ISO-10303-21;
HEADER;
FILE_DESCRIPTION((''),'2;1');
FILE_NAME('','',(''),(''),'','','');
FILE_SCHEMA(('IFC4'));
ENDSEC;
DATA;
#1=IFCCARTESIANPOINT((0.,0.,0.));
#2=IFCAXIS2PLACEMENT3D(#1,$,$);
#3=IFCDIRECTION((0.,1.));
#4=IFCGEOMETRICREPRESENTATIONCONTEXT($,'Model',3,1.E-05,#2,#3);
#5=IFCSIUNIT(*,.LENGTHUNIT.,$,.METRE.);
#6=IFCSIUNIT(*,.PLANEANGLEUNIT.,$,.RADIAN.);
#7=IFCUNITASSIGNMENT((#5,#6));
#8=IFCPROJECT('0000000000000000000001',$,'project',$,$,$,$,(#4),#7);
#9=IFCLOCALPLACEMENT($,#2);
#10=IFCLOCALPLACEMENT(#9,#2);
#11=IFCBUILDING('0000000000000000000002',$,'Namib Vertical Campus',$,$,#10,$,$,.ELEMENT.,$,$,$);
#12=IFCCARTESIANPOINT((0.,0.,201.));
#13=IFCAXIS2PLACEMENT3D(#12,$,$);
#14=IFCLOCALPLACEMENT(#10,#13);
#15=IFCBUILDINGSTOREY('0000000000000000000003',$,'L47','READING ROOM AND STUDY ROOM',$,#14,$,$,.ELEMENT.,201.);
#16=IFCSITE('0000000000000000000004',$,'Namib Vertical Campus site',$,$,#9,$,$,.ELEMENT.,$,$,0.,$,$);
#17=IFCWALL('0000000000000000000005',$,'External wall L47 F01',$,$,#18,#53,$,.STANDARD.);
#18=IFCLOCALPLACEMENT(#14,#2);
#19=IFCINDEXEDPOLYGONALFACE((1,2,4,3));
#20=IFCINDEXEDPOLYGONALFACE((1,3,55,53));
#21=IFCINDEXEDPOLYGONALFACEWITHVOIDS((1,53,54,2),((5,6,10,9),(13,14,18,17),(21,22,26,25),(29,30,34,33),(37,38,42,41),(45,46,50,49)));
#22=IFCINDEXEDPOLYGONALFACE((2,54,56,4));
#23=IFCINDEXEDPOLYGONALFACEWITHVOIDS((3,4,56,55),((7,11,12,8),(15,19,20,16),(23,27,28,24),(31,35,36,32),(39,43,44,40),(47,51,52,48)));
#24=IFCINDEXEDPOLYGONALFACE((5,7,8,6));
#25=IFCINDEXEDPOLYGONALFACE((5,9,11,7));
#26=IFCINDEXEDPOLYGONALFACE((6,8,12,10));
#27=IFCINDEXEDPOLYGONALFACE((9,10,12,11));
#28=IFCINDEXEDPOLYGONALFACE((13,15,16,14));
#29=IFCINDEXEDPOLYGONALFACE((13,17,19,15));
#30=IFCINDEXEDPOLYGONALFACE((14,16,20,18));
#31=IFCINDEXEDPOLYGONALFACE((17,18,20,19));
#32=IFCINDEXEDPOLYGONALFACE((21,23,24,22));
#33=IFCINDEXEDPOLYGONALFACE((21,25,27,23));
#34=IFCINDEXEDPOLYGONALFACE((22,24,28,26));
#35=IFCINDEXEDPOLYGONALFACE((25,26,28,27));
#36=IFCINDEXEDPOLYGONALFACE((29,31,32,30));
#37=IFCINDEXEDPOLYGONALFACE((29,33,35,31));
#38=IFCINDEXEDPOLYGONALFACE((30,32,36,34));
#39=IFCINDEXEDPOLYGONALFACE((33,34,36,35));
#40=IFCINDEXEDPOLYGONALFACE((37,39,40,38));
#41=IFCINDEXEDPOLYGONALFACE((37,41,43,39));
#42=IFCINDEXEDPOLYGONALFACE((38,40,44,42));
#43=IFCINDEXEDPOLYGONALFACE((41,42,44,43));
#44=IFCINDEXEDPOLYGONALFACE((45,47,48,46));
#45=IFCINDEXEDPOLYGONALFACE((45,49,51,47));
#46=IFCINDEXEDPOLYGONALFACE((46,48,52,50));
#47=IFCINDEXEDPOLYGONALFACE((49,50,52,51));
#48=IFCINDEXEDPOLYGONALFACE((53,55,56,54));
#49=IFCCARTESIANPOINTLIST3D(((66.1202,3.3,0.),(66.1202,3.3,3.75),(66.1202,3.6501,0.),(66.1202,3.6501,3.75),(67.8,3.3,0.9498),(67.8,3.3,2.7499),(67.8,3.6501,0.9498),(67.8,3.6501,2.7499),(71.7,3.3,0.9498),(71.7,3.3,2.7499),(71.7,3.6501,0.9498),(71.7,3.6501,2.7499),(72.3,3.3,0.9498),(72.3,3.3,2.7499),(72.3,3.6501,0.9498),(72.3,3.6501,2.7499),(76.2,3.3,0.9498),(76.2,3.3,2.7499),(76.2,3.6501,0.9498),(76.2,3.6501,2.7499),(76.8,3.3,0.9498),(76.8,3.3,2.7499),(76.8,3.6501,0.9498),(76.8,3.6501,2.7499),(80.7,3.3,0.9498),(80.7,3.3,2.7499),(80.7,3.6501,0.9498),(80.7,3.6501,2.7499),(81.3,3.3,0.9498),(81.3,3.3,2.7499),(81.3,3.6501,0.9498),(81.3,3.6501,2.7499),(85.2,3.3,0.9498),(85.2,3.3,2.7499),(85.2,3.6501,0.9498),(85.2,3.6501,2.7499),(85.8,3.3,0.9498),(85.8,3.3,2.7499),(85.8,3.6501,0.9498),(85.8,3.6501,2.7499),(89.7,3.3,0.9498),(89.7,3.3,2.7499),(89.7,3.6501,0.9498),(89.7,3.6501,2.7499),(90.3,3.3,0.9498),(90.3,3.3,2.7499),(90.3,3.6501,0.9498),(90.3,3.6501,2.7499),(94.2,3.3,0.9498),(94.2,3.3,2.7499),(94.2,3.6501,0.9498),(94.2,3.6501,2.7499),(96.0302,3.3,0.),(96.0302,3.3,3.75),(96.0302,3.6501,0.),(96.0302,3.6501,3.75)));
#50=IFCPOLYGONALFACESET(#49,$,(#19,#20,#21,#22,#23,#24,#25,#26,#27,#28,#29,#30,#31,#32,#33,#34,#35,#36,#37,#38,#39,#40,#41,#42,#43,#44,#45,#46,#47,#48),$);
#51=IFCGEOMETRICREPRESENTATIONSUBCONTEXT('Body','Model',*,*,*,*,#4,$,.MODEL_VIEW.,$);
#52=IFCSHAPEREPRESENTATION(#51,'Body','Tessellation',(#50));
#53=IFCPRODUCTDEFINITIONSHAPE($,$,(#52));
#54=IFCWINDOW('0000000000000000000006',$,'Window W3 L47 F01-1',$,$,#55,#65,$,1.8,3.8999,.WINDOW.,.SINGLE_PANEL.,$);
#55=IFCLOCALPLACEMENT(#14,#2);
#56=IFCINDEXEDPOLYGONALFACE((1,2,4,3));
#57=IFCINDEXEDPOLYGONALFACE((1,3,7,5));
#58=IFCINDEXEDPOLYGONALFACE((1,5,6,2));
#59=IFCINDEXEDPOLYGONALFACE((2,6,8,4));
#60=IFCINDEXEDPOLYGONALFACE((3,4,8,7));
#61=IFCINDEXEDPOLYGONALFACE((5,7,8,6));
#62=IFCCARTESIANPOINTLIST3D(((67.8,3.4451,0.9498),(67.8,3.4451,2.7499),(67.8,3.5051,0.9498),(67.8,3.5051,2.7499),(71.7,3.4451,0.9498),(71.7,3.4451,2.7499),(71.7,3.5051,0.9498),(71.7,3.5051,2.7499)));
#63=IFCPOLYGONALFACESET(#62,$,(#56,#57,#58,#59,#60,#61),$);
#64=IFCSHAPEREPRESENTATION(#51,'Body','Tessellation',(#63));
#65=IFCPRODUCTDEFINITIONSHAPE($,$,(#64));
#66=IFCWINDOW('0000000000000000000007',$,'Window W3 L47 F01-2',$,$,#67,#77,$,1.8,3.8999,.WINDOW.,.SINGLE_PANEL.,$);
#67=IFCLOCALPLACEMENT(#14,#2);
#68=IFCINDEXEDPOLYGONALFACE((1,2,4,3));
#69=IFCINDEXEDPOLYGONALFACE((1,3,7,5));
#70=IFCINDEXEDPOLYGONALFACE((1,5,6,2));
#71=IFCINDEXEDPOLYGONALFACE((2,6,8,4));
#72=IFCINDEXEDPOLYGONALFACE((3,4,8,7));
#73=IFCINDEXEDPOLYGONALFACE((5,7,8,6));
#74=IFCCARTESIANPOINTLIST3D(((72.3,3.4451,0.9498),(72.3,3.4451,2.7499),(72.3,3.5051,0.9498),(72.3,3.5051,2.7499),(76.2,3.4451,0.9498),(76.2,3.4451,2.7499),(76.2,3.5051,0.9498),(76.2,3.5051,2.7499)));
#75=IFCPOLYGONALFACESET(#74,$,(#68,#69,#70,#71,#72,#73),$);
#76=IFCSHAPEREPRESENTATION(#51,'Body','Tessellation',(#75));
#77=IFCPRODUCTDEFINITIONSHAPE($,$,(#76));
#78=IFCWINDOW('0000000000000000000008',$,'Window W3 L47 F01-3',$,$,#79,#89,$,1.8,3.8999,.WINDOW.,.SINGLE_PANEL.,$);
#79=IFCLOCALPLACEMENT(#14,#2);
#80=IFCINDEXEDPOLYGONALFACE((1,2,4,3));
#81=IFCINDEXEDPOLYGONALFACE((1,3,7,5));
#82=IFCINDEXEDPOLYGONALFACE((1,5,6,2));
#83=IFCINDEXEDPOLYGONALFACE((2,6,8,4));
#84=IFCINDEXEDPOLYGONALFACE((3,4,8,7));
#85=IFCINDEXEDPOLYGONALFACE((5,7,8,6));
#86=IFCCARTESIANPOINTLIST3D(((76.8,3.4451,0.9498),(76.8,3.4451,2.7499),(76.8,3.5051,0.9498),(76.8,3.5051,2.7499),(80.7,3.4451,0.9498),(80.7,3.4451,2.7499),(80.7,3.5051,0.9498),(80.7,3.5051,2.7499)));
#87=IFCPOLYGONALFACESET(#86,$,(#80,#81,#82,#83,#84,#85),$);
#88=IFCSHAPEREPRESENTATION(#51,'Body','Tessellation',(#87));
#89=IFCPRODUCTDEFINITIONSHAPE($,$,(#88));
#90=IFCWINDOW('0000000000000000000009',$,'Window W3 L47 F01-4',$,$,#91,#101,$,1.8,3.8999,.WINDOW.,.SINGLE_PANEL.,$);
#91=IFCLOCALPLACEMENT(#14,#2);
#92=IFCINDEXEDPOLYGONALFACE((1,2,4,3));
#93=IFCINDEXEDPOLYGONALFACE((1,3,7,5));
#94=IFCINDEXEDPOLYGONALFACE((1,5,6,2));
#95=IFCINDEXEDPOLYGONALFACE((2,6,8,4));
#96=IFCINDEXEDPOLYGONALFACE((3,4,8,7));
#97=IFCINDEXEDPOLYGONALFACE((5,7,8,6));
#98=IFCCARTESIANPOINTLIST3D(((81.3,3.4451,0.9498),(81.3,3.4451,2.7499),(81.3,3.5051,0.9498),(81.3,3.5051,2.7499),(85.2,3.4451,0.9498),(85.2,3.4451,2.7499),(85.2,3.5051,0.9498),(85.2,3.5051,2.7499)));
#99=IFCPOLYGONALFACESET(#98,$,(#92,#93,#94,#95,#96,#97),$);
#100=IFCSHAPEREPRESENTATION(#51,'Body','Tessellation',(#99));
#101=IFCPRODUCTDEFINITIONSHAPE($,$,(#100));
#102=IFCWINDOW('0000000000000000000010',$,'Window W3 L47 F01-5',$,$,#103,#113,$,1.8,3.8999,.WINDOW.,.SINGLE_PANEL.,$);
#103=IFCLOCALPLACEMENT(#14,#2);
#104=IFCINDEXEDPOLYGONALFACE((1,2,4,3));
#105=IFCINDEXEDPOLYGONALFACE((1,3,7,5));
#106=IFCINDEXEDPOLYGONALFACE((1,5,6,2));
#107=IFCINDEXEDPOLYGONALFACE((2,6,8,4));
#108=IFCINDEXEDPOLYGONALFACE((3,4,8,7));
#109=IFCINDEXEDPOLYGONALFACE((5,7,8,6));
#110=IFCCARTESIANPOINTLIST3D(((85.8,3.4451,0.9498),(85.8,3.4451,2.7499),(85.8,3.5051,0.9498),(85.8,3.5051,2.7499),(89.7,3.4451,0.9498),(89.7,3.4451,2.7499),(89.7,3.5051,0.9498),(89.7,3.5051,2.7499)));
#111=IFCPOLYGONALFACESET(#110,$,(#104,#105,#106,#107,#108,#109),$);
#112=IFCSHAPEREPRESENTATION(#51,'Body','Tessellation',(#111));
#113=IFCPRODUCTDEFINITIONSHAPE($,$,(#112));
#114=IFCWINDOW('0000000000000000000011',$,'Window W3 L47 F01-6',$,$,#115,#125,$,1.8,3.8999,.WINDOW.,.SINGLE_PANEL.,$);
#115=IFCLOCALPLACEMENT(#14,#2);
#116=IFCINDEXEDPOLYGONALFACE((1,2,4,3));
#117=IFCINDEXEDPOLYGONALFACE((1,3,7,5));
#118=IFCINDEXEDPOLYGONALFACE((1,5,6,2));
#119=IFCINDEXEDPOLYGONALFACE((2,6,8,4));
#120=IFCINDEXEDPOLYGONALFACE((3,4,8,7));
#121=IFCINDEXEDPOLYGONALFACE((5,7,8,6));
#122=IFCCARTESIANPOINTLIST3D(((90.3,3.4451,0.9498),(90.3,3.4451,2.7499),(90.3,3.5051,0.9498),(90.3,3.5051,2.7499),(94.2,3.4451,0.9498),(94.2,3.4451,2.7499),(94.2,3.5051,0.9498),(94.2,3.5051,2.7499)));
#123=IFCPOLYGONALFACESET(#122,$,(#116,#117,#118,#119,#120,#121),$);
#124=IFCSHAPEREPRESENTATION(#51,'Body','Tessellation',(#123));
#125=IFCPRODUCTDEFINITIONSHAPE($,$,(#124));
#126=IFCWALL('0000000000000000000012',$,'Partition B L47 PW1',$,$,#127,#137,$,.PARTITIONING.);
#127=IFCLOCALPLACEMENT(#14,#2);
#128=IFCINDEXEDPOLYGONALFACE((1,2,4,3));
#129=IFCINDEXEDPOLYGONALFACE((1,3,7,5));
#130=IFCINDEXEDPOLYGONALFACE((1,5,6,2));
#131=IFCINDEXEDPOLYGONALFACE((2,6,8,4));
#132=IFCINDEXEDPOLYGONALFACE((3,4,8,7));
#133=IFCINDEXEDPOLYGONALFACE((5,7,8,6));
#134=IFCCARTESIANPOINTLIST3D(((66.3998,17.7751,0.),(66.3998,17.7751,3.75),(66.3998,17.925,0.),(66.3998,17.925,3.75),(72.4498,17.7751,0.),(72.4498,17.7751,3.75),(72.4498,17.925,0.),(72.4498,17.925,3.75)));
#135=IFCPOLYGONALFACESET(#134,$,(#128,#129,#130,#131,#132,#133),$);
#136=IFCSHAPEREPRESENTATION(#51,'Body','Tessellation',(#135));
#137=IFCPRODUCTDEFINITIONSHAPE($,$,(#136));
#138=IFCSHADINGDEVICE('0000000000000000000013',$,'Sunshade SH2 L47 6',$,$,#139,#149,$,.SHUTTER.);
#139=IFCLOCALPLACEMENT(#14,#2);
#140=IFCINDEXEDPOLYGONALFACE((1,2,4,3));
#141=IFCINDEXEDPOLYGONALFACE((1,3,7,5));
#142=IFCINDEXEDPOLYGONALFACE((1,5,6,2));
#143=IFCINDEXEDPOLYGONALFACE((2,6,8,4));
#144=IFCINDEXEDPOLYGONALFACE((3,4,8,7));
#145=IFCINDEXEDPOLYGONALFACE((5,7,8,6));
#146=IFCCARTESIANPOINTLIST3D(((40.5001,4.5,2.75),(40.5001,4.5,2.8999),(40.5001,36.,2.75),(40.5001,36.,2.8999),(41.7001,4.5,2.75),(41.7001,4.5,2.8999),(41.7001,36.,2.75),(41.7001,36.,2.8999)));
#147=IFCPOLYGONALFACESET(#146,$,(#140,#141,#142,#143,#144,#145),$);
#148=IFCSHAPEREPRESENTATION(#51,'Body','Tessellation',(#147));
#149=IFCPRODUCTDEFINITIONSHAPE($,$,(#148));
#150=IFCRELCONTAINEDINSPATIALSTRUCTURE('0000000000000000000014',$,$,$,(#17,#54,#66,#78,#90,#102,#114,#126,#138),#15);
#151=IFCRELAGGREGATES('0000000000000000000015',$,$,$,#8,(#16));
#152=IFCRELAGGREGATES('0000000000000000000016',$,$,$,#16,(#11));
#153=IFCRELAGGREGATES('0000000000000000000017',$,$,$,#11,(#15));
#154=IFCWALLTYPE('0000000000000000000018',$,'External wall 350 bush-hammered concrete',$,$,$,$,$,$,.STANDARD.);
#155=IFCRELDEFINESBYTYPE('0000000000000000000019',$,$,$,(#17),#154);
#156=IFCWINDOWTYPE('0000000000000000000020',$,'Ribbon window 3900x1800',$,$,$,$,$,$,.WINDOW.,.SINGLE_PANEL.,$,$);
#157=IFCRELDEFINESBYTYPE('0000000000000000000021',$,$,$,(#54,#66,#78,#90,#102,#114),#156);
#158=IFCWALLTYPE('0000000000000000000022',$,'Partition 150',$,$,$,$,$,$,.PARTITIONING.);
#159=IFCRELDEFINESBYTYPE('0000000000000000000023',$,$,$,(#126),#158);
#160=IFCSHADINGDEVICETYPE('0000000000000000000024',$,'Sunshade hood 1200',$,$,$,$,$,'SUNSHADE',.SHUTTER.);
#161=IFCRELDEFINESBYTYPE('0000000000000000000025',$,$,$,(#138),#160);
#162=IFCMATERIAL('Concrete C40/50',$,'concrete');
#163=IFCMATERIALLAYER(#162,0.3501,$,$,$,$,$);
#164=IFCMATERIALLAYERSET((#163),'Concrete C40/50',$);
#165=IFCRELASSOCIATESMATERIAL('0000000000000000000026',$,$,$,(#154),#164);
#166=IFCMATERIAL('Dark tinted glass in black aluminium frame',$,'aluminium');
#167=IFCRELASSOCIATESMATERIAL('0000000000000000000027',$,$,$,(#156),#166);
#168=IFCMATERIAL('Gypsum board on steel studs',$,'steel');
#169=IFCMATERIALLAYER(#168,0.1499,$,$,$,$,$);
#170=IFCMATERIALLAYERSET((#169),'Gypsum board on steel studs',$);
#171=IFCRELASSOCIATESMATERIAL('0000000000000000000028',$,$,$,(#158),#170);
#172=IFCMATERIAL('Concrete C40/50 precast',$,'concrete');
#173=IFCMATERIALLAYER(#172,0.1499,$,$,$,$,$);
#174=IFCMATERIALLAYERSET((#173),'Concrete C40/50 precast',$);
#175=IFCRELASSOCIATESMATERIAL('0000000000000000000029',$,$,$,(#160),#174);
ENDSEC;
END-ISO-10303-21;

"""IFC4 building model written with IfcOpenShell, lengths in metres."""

from ifc_helpers import new_model, si_unit, direction, frame, frame_2d, origin, origin_2d, place, context, subcontext, project, spatial, rectangle, extrude, material, layer, layer_set, type_object, element, fill, save


model = new_model("IFC4")

# Units and contexts
model_context = context("Model", 3, precision=1e-05, world=origin(), true_north=direction((0.0, 1.0)))
body_context = subcontext(model_context, "Body", "Model", "MODEL_VIEW")
ifc_project = project(units=[si_unit("LENGTHUNIT", "METRE"), si_unit("PLANEANGLEUNIT", "RADIAN")], contexts=[model_context])

# Site, building, storey
site_placement = place(None, origin())
site = spatial("IfcSite", under=ifc_project, at=site_placement, Name="Namib Vertical Campus site", CompositionType="ELEMENT", RefElevation=0.0)
building_placement = place(site_placement, origin())
building = spatial("IfcBuilding", under=site, at=building_placement, Name="Namib Vertical Campus", CompositionType="ELEMENT")
storey_placement = place(building_placement, frame((0.0, 0.0, 201.0)))
storey = spatial("IfcBuildingStorey", under=building, at=storey_placement, Name="L47", Description="READING ROOM AND STUDY ROOM", CompositionType="ELEMENT", Elevation=201.0)

# Wall, openings, windows
ifc_material_1 = material(Name="Concrete C40/50", Category="concrete")
ifc_layer_1 = layer(ifc_material_1, 0.3501)
ifc_layer_set_1 = layer_set([ifc_layer_1], Name="Concrete C40/50")
wall_type_1 = type_object("IfcWallType", Name="External wall 350 bush-hammered concrete", PredefinedType="STANDARD", material=ifc_layer_set_1)
wall_1_placement = place(storey_placement, frame((66.1201, 3.4751, 0.0), z_axis=(0.0, 0.0, 1.0), x_axis=(1.0, 0.0, 0.0)))
wall_1 = element("IfcWall", 1, at=wall_1_placement, inside=storey, type_object=wall_type_1, Name="External wall L47 F01", PredefinedType="STANDARD", context=body_context, shape_type="SweptSolid", body=[
    extrude(rectangle(XDim=29.9099, YDim=0.3501, at=frame_2d((14.9551, 0.0))), origin(), (0.0, 0.0, 1.0), 3.75),
])
opening_1_placement = place(wall_1_placement, frame((1.6799, 0.0, 0.95)))
opening_1 = element("IfcOpeningElement", 2, at=opening_1_placement, cuts=wall_1, PredefinedType="OPENING", context=body_context, shape_type="SweptSolid", body=[
    extrude(rectangle(XDim=3.8999, YDim=1.8, at=frame_2d((1.95, 0.8999))), frame((0.0, 0.1851, 0.0), z_axis=(0.0, -1.0, 0.0), x_axis=(1.0, 0.0, 0.0)), (0.0, 0.0, 1.0), 0.3701),
])
opening_2_placement = place(wall_1_placement, frame((6.1799, 0.0, 0.95)))
opening_2 = element("IfcOpeningElement", 3, at=opening_2_placement, cuts=wall_1, PredefinedType="OPENING", context=body_context, shape_type="SweptSolid", body=[
    extrude(rectangle(XDim=3.8999, YDim=1.8, at=frame_2d((1.95, 0.8999))), frame((0.0, 0.1851, 0.0), z_axis=(0.0, -1.0, 0.0), x_axis=(1.0, 0.0, 0.0)), (0.0, 0.0, 1.0), 0.3701),
])
opening_3_placement = place(wall_1_placement, frame((10.6799, 0.0, 0.95)))
opening_3 = element("IfcOpeningElement", 4, at=opening_3_placement, cuts=wall_1, PredefinedType="OPENING", context=body_context, shape_type="SweptSolid", body=[
    extrude(rectangle(XDim=3.8999, YDim=1.8, at=frame_2d((1.95, 0.8999))), frame((0.0, 0.1851, 0.0), z_axis=(0.0, -1.0, 0.0), x_axis=(1.0, 0.0, 0.0)), (0.0, 0.0, 1.0), 0.3701),
])
opening_4_placement = place(wall_1_placement, frame((15.1799, 0.0, 0.95)))
opening_4 = element("IfcOpeningElement", 5, at=opening_4_placement, cuts=wall_1, PredefinedType="OPENING", context=body_context, shape_type="SweptSolid", body=[
    extrude(rectangle(XDim=3.8999, YDim=1.8, at=frame_2d((1.95, 0.8999))), frame((0.0, 0.1851, 0.0), z_axis=(0.0, -1.0, 0.0), x_axis=(1.0, 0.0, 0.0)), (0.0, 0.0, 1.0), 0.3701),
])
opening_5_placement = place(wall_1_placement, frame((19.6799, 0.0, 0.95)))
opening_5 = element("IfcOpeningElement", 6, at=opening_5_placement, cuts=wall_1, PredefinedType="OPENING", context=body_context, shape_type="SweptSolid", body=[
    extrude(rectangle(XDim=3.8999, YDim=1.8, at=frame_2d((1.95, 0.8999))), frame((0.0, 0.1851, 0.0), z_axis=(0.0, -1.0, 0.0), x_axis=(1.0, 0.0, 0.0)), (0.0, 0.0, 1.0), 0.3701),
])
opening_6_placement = place(wall_1_placement, frame((24.1799, 0.0, 0.95)))
opening_6 = element("IfcOpeningElement", 7, at=opening_6_placement, cuts=wall_1, PredefinedType="OPENING", context=body_context, shape_type="SweptSolid", body=[
    extrude(rectangle(XDim=3.8999, YDim=1.8, at=frame_2d((1.95, 0.8999))), frame((0.0, 0.1851, 0.0), z_axis=(0.0, -1.0, 0.0), x_axis=(1.0, 0.0, 0.0)), (0.0, 0.0, 1.0), 0.3701),
])
ifc_material_2 = material(Name="Dark tinted glass in black aluminium frame", Category="aluminium")
window_type = type_object("IfcWindowType", Name="Ribbon window 3900x1800", PartitioningType="SINGLE_PANEL", PredefinedType="WINDOW", material=ifc_material_2)
window_1_placement = place(opening_1_placement, origin())
window_1 = element("IfcWindow", 8, at=window_1_placement, inside=storey, type_object=window_type, Name="Window W3 L47 F01-1", OverallHeight=1.8, OverallWidth=3.8999, PartitioningType="SINGLE_PANEL", PredefinedType="WINDOW", context=body_context, shape_type="SweptSolid", body=[
    extrude(rectangle(XDim=3.8999, YDim=1.8, at=frame_2d((1.95, 0.8999))), frame((0.0, 0.03, 0.0), z_axis=(0.0, -1.0, 0.0), x_axis=(1.0, 0.0, 0.0)), (0.0, 0.0, 1.0), 0.0601),
])
fill(opening_1, window_1)
window_2_placement = place(opening_2_placement, origin())
window_2 = element("IfcWindow", 9, at=window_2_placement, inside=storey, type_object=window_type, Name="Window W3 L47 F01-2", OverallHeight=1.8, OverallWidth=3.8999, PartitioningType="SINGLE_PANEL", PredefinedType="WINDOW", context=body_context, shape_type="SweptSolid", body=[
    extrude(rectangle(XDim=3.8999, YDim=1.8, at=frame_2d((1.95, 0.8999))), frame((0.0, 0.03, 0.0), z_axis=(0.0, -1.0, 0.0), x_axis=(1.0, 0.0, 0.0)), (0.0, 0.0, 1.0), 0.0601),
])
fill(opening_2, window_2)
window_3_placement = place(opening_3_placement, origin())
window_3 = element("IfcWindow", 10, at=window_3_placement, inside=storey, type_object=window_type, Name="Window W3 L47 F01-3", OverallHeight=1.8, OverallWidth=3.8999, PartitioningType="SINGLE_PANEL", PredefinedType="WINDOW", context=body_context, shape_type="SweptSolid", body=[
    extrude(rectangle(XDim=3.8999, YDim=1.8, at=frame_2d((1.95, 0.8999))), frame((0.0, 0.03, 0.0), z_axis=(0.0, -1.0, 0.0), x_axis=(1.0, 0.0, 0.0)), (0.0, 0.0, 1.0), 0.0601),
])
fill(opening_3, window_3)
window_4_placement = place(opening_4_placement, origin())
window_4 = element("IfcWindow", 11, at=window_4_placement, inside=storey, type_object=window_type, Name="Window W3 L47 F01-4", OverallHeight=1.8, OverallWidth=3.8999, PartitioningType="SINGLE_PANEL", PredefinedType="WINDOW", context=body_context, shape_type="SweptSolid", body=[
    extrude(rectangle(XDim=3.8999, YDim=1.8, at=frame_2d((1.95, 0.8999))), frame((0.0, 0.03, 0.0), z_axis=(0.0, -1.0, 0.0), x_axis=(1.0, 0.0, 0.0)), (0.0, 0.0, 1.0), 0.0601),
])
fill(opening_4, window_4)
window_5_placement = place(opening_5_placement, origin())
window_5 = element("IfcWindow", 12, at=window_5_placement, inside=storey, type_object=window_type, Name="Window W3 L47 F01-5", OverallHeight=1.8, OverallWidth=3.8999, PartitioningType="SINGLE_PANEL", PredefinedType="WINDOW", context=body_context, shape_type="SweptSolid", body=[
    extrude(rectangle(XDim=3.8999, YDim=1.8, at=frame_2d((1.95, 0.8999))), frame((0.0, 0.03, 0.0), z_axis=(0.0, -1.0, 0.0), x_axis=(1.0, 0.0, 0.0)), (0.0, 0.0, 1.0), 0.0601),
])
fill(opening_5, window_5)
window_6_placement = place(opening_6_placement, origin())
window_6 = element("IfcWindow", 13, at=window_6_placement, inside=storey, type_object=window_type, Name="Window W3 L47 F01-6", OverallHeight=1.8, OverallWidth=3.8999, PartitioningType="SINGLE_PANEL", PredefinedType="WINDOW", context=body_context, shape_type="SweptSolid", body=[
    extrude(rectangle(XDim=3.8999, YDim=1.8, at=frame_2d((1.95, 0.8999))), frame((0.0, 0.03, 0.0), z_axis=(0.0, -1.0, 0.0), x_axis=(1.0, 0.0, 0.0)), (0.0, 0.0, 1.0), 0.0601),
])
fill(opening_6, window_6)

# Wall
ifc_material_3 = material(Name="Gypsum board on steel studs", Category="steel")
ifc_layer_2 = layer(ifc_material_3, 0.1499)
ifc_layer_set_2 = layer_set([ifc_layer_2], Name="Gypsum board on steel studs")
wall_type_2 = type_object("IfcWallType", Name="Partition 150", PredefinedType="PARTITIONING", material=ifc_layer_set_2)
wall_2_placement = place(storey_placement, frame((66.3999, 17.8501, 0.0), z_axis=(0.0, 0.0, 1.0), x_axis=(1.0, 0.0, 0.0)))
element("IfcWall", 14, at=wall_2_placement, inside=storey, type_object=wall_type_2, Name="Partition B L47 PW1", PredefinedType="PARTITIONING", context=body_context, shape_type="SweptSolid", body=[
    extrude(rectangle(XDim=6.05, YDim=0.1499, at=frame_2d((3.0249, 0.0))), origin(), (0.0, 0.0, 1.0), 3.75),
])

# Shading device
ifc_material_4 = material(Name="Concrete C40/50 precast", Category="concrete")
ifc_layer_3 = layer(ifc_material_4, 0.1499)
ifc_layer_set_3 = layer_set([ifc_layer_3], Name="Concrete C40/50 precast")
shading_device_type = type_object("IfcShadingDeviceType", Name="Sunshade hood 1200", ElementType="SUNSHADE", PredefinedType="SHUTTER", material=ifc_layer_set_3)
shading_device_placement = place(storey_placement, frame((41.1001, 20.25, 2.75), z_axis=(0.0, 0.0, 1.0), x_axis=(0.0, 1.0, 0.0)))
element("IfcShadingDevice", 15, at=shading_device_placement, inside=storey, type_object=shading_device_type, Name="Sunshade SH2 L47 6", PredefinedType="SHUTTER", context=body_context, shape_type="SweptSolid", body=[
    extrude(rectangle(XDim=31.5, YDim=1.2, at=origin_2d()), origin(), (0.0, 0.0, 1.0), 0.1499),
])

save(model, "model.ifc")
